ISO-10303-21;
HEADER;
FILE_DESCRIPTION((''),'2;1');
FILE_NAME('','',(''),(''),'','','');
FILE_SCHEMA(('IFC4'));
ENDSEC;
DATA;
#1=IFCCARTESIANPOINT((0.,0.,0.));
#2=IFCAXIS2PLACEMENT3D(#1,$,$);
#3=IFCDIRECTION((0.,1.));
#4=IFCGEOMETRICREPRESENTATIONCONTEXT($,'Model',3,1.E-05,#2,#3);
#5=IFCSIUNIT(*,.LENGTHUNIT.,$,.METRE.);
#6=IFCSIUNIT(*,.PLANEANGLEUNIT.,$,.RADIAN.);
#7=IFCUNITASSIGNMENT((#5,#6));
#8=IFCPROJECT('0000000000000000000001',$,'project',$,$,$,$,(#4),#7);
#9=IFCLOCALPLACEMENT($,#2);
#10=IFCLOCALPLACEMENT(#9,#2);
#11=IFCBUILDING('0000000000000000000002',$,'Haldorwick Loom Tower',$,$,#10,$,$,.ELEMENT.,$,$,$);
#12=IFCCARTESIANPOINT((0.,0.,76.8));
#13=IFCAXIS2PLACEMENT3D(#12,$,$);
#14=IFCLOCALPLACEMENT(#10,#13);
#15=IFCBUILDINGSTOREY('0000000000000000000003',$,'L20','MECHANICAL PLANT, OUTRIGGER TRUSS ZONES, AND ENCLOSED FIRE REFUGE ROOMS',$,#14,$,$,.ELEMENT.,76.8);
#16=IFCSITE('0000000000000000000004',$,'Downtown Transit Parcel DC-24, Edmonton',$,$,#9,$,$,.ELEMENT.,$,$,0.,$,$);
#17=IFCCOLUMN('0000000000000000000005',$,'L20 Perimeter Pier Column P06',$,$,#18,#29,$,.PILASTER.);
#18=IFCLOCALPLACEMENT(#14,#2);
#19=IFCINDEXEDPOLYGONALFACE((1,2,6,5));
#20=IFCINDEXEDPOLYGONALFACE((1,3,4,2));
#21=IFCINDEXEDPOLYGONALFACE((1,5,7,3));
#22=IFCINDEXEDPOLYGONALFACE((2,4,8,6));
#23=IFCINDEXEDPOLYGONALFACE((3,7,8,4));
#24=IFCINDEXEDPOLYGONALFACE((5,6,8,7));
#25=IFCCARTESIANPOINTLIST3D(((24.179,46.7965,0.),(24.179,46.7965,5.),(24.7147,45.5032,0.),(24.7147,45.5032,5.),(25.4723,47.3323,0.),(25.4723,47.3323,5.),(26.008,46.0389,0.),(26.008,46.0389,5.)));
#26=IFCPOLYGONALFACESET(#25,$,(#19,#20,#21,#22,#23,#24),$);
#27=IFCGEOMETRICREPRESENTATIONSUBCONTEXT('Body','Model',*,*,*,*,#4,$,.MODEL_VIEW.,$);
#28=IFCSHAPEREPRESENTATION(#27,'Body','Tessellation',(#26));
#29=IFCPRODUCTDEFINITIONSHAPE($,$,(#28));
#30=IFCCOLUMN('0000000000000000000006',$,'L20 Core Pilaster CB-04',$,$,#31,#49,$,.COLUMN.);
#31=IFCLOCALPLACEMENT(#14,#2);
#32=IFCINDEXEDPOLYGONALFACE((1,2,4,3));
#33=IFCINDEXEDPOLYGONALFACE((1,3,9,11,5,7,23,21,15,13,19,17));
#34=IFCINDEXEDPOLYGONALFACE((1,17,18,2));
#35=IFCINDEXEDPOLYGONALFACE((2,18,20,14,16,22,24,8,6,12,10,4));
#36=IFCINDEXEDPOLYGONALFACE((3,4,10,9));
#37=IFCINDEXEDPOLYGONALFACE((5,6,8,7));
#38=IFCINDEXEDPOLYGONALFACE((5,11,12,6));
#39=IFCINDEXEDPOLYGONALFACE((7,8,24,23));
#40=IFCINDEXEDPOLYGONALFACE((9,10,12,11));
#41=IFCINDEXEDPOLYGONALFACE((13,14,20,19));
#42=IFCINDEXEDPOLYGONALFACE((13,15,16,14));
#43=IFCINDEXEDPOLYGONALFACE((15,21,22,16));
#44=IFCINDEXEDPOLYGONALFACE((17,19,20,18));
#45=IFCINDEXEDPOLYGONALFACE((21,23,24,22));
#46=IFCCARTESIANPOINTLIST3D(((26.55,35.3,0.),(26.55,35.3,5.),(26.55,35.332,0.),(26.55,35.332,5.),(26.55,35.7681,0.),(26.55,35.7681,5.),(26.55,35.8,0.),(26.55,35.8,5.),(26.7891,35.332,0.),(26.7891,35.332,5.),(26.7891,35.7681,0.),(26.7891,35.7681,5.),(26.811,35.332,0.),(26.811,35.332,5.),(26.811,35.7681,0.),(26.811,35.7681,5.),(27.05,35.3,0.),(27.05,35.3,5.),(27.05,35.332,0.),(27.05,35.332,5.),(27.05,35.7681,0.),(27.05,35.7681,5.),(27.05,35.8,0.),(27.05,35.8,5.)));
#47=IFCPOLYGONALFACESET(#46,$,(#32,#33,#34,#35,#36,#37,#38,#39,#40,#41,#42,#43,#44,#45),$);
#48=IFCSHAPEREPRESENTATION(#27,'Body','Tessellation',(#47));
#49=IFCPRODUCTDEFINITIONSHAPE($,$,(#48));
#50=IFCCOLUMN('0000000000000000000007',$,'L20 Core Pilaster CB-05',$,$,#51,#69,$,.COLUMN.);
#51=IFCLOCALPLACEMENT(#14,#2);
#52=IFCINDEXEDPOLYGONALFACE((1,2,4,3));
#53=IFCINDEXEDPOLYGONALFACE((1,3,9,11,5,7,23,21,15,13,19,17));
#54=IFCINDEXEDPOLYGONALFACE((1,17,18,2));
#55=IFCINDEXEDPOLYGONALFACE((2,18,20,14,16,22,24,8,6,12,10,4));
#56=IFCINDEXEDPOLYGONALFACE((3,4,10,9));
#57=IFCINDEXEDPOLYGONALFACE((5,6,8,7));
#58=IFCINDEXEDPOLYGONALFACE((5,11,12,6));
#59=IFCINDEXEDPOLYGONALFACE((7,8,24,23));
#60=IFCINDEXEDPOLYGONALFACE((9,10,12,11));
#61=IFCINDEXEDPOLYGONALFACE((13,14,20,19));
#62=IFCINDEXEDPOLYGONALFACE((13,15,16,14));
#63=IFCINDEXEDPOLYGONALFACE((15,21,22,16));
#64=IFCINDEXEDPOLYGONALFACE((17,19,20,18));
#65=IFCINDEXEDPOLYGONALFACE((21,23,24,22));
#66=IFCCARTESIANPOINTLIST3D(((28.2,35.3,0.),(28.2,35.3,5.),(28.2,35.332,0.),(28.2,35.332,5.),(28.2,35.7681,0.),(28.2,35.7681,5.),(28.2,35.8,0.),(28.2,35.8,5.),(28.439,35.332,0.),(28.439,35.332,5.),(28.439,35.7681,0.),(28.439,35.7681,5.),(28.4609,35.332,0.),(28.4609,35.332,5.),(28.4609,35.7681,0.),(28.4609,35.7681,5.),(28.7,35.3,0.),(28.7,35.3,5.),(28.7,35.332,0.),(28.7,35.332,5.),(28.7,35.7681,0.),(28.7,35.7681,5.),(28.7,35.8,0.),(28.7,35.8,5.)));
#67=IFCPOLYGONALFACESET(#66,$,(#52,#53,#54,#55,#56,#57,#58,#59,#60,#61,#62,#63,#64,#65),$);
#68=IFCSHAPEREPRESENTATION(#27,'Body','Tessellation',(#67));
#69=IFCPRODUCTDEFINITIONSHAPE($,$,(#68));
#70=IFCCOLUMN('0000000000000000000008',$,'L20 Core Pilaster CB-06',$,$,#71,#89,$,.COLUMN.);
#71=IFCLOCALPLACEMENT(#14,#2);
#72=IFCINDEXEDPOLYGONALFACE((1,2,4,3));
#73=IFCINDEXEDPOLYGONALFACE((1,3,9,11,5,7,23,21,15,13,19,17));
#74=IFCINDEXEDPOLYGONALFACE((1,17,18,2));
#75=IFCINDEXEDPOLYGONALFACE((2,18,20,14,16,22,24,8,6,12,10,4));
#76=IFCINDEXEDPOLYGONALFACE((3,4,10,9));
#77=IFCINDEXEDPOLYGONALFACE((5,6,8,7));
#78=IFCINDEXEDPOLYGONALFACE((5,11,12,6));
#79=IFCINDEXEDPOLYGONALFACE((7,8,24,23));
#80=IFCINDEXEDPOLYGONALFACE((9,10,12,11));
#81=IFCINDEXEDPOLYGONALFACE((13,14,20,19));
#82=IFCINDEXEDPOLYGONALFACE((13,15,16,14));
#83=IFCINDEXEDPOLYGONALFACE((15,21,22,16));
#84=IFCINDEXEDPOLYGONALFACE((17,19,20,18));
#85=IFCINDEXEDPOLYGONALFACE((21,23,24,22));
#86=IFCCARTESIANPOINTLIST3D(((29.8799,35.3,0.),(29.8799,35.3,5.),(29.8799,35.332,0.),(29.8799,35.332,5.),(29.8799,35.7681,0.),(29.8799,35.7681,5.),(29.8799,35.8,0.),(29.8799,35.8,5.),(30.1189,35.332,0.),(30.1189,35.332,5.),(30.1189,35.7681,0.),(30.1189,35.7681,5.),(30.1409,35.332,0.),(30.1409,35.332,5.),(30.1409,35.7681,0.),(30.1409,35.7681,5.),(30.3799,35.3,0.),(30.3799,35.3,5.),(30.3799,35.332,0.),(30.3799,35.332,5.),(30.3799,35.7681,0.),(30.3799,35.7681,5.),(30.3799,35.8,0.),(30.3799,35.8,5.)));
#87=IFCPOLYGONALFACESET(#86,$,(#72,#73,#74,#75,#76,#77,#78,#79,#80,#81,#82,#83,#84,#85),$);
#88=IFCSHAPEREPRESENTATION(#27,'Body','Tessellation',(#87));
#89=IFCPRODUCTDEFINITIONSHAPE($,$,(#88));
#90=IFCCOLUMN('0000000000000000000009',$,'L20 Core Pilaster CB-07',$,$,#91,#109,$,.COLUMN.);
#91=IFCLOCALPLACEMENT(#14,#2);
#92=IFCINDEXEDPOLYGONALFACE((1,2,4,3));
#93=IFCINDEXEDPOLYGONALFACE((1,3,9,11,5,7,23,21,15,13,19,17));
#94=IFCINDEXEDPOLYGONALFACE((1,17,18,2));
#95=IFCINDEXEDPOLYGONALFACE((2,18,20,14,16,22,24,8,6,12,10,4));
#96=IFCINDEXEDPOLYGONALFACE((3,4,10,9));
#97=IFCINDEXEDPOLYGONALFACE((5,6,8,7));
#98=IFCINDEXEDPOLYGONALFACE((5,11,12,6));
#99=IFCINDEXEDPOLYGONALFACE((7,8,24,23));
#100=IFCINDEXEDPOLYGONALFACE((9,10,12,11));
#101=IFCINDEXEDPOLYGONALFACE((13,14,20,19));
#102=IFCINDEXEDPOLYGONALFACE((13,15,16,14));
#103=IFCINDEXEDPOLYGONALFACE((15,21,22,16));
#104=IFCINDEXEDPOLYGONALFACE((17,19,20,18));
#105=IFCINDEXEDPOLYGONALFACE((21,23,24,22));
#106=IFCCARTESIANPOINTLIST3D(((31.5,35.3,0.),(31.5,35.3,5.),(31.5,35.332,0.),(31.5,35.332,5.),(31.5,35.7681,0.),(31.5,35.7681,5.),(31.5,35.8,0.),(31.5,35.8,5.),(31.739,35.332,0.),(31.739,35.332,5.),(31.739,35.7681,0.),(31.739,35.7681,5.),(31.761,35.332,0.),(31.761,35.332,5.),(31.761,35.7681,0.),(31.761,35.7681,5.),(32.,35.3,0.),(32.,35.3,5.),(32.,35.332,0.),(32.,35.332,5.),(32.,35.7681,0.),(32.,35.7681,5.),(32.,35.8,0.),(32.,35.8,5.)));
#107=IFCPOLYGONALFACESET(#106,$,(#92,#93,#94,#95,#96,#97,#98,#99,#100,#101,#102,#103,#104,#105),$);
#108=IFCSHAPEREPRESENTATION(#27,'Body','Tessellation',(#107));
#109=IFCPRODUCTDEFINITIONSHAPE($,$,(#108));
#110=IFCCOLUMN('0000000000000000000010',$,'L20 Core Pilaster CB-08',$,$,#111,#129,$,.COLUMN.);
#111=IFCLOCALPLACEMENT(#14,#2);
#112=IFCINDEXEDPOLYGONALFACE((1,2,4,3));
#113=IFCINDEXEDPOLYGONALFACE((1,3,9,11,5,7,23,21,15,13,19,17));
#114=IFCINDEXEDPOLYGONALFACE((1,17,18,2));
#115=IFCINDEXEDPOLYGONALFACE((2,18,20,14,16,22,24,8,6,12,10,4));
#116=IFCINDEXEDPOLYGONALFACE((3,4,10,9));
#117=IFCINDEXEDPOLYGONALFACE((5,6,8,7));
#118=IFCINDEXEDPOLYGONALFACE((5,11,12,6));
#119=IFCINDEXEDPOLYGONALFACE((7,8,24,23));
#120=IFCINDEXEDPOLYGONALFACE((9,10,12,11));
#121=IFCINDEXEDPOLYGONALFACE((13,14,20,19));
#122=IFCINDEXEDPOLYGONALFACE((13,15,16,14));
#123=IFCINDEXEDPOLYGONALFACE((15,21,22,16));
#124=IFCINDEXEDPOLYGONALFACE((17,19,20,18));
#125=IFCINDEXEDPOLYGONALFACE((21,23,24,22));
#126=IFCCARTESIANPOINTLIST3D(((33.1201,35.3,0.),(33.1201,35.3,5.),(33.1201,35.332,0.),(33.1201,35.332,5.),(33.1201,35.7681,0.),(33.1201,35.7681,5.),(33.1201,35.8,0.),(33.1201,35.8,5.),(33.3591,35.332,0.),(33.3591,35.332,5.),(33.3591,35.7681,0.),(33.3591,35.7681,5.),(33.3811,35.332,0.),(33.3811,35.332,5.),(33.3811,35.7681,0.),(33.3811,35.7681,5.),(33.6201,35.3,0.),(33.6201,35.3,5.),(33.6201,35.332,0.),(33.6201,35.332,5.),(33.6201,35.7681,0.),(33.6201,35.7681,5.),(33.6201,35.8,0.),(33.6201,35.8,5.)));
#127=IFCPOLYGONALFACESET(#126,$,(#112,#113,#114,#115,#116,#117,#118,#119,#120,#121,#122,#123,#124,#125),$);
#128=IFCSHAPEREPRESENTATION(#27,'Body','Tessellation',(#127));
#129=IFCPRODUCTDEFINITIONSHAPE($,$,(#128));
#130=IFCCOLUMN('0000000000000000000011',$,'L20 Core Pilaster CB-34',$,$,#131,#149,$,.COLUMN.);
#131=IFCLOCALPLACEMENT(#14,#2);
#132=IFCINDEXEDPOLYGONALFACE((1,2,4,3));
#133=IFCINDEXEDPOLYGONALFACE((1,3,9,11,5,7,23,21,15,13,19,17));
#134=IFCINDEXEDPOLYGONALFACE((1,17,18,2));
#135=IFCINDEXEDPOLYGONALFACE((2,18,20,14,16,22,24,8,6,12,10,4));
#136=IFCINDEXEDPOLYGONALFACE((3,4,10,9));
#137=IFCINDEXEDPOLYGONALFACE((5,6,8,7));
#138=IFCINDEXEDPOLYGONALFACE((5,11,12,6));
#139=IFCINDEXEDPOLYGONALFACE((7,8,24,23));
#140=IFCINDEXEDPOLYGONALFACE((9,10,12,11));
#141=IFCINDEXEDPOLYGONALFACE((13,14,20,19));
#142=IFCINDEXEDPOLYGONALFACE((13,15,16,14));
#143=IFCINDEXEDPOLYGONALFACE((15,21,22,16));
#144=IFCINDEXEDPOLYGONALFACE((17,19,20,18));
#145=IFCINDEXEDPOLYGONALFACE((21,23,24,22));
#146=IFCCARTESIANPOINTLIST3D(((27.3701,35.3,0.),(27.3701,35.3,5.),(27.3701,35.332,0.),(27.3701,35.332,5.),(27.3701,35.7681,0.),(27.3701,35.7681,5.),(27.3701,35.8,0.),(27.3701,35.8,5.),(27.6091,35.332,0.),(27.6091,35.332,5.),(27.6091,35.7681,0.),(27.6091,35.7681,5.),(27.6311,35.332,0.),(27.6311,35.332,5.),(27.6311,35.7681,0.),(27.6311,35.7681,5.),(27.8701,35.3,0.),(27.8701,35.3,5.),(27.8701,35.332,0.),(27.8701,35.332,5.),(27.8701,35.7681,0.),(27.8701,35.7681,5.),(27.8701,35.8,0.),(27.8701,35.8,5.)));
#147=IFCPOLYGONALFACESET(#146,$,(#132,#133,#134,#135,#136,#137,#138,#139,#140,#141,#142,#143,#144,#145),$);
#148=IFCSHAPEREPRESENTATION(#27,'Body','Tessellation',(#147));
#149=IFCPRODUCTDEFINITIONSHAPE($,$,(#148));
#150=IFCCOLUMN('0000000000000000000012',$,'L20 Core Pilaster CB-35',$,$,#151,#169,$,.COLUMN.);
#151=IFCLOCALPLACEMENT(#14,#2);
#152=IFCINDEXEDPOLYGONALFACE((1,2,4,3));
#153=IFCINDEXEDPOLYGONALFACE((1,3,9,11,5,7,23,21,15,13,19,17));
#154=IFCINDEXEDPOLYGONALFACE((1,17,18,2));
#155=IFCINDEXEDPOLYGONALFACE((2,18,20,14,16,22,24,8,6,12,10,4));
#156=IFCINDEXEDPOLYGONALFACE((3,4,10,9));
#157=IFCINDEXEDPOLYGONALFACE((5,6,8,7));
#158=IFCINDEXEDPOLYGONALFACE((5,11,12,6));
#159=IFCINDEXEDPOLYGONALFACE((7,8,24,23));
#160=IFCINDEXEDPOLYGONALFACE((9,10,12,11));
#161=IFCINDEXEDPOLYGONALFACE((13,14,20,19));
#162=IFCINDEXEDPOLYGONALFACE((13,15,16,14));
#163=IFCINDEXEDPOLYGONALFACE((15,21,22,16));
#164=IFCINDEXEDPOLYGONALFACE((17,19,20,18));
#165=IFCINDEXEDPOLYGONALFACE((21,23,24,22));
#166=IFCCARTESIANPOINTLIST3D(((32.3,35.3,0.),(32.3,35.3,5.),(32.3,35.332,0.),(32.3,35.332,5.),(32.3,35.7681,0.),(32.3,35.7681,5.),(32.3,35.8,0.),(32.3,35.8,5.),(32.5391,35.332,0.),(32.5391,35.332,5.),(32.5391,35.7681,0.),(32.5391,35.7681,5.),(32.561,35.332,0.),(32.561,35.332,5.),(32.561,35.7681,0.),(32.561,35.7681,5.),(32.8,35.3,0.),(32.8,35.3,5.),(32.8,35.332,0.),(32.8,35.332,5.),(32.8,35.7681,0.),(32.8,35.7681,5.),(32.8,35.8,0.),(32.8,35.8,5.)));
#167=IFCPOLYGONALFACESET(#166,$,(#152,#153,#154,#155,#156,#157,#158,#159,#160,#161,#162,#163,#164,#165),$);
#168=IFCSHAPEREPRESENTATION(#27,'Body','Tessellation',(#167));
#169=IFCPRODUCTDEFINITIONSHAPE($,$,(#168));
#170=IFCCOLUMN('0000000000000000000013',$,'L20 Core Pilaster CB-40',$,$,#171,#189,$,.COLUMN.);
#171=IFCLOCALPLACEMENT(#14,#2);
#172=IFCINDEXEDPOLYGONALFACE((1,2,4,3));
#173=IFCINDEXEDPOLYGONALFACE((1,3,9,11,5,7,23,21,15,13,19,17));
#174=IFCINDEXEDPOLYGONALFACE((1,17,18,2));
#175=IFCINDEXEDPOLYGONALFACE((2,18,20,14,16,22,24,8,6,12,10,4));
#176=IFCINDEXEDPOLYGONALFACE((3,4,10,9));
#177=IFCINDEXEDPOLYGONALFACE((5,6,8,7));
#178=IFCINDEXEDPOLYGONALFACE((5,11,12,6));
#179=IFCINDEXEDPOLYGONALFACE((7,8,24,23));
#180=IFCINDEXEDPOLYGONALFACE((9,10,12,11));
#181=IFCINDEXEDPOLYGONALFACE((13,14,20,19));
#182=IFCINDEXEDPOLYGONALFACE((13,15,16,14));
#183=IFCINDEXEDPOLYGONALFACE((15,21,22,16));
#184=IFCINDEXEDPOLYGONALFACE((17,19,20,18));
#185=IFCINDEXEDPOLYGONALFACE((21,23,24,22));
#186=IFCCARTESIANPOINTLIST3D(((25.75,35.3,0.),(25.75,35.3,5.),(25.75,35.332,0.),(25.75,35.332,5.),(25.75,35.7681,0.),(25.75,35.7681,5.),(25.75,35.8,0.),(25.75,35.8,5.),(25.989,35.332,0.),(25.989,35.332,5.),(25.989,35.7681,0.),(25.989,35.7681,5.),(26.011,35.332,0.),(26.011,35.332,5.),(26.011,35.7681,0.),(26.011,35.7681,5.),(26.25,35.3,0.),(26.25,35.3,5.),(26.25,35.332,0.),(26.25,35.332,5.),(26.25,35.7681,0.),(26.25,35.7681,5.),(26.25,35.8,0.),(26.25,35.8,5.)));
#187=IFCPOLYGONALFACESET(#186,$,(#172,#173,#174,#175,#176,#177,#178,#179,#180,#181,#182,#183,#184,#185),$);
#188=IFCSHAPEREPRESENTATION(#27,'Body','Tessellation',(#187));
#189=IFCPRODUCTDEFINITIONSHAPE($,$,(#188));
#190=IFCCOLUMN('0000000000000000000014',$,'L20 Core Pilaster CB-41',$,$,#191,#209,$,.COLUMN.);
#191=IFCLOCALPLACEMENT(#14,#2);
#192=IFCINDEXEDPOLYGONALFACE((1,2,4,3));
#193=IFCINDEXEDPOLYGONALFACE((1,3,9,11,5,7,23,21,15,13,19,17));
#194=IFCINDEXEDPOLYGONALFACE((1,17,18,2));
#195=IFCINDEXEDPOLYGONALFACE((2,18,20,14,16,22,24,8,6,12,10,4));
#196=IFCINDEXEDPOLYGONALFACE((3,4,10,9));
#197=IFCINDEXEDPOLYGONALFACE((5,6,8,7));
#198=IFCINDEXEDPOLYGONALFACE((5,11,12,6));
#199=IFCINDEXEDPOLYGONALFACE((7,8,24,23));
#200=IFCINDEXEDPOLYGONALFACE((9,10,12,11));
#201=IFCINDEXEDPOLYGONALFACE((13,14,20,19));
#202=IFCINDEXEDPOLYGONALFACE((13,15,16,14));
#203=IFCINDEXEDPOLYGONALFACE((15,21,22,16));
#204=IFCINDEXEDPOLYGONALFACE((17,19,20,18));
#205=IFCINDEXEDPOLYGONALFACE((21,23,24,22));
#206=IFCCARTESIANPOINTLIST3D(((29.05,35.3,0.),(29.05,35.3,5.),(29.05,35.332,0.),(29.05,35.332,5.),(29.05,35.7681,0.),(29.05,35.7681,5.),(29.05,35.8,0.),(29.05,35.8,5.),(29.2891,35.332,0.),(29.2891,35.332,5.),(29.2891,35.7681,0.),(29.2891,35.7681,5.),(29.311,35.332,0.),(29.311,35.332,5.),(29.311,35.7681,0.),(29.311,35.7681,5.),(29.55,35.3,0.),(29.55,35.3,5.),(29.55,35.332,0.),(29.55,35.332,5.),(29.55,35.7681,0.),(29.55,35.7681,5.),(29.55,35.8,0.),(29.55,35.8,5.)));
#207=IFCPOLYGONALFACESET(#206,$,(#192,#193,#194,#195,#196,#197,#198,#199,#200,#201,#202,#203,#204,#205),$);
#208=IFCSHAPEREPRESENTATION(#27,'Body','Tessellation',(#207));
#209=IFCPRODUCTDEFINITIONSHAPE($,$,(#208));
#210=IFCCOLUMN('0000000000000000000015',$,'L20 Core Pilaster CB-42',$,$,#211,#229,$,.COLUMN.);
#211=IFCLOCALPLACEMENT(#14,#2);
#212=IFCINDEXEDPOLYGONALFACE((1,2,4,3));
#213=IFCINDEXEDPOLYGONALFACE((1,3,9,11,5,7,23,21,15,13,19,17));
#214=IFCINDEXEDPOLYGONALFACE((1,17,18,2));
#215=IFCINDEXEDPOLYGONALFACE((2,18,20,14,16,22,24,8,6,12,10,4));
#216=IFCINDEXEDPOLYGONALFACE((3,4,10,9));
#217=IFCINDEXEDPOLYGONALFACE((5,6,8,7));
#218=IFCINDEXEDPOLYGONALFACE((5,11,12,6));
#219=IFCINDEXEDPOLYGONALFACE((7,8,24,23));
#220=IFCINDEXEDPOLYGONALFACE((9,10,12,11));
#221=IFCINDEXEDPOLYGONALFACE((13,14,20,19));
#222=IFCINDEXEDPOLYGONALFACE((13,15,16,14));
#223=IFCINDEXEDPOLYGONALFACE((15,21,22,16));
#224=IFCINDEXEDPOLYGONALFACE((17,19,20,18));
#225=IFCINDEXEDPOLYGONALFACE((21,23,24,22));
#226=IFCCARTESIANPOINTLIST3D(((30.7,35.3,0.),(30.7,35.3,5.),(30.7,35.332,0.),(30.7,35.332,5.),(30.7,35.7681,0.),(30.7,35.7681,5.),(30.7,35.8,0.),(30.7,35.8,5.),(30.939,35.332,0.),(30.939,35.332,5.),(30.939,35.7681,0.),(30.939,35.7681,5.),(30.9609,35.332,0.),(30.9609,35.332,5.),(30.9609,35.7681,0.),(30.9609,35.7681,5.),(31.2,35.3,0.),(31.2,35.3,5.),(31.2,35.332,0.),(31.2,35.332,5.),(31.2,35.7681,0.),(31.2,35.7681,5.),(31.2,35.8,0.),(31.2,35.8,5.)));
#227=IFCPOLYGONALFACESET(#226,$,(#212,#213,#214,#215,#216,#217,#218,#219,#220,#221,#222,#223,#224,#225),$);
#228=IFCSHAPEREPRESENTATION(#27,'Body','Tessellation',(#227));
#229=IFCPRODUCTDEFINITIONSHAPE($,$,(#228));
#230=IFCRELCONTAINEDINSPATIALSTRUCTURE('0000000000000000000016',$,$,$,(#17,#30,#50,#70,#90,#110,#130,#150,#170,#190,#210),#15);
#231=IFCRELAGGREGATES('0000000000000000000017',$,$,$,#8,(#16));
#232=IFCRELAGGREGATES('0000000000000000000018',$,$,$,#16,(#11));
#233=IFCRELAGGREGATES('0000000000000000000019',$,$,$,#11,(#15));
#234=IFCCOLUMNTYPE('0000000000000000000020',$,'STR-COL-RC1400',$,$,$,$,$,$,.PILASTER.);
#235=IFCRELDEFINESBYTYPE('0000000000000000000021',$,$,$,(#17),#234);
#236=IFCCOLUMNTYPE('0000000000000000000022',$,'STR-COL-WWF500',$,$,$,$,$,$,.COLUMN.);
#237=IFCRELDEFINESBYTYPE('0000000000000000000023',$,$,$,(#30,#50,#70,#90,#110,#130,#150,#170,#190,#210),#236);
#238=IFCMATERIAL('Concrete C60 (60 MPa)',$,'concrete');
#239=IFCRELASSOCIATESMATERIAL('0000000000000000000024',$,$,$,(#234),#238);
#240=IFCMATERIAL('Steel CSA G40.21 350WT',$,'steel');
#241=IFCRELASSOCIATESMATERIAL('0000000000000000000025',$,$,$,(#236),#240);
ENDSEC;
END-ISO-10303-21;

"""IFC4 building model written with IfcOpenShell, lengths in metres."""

from ifc_helpers import new_model, si_unit, direction, frame, origin, origin_2d, place, context, subcontext, project, spatial, rectangle, i_section, extrude, material, material_profile, profile_set, type_object, element, save


model = new_model("IFC4")

# Units and contexts
model_context = context("Model", 3, precision=1e-05, world=origin(), true_north=direction((0.0, 1.0)))
body_context = subcontext(model_context, "Body", "Model", "MODEL_VIEW")
ifc_project = project(units=[si_unit("LENGTHUNIT", "METRE"), si_unit("PLANEANGLEUNIT", "RADIAN")], contexts=[model_context])

# Site, building, storey
site_placement = place(None, origin())
site = spatial("IfcSite", under=ifc_project, at=site_placement, Name="Downtown Transit Parcel DC-24, Edmonton", CompositionType="ELEMENT", RefElevation=0.0)
building_placement = place(site_placement, origin())
building = spatial("IfcBuilding", under=site, at=building_placement, Name="Haldorwick Loom Tower", CompositionType="ELEMENT")
storey_placement = place(building_placement, frame((0.0, 0.0, 76.8)))
storey = spatial("IfcBuildingStorey", under=building, at=storey_placement, Name="L20", Description="MECHANICAL PLANT, OUTRIGGER TRUSS ZONES, AND ENCLOSED FIRE REFUGE ROOMS", CompositionType="ELEMENT", Elevation=76.8)

# Columns
ifc_material_1 = material(Name="Concrete C60 (60 MPa)", Category="concrete")
ifc_material_profile_1 = material_profile(ifc_material_1, rectangle(XDim=1.3999, YDim=1.3999, at=origin_2d()), Name="RC1400X1400", Category="concrete")
ifc_profile_set_1 = profile_set([ifc_material_profile_1], Name="Concrete C60 (60 MPa)")
column_type_1 = type_object("IfcColumnType", Name="STR-COL-RC1400", PredefinedType="PILASTER", material=ifc_profile_set_1)
column_placement = place(storey_placement, frame((25.0935, 46.4177, 0.0), z_axis=(0.0, 0.0, 1.0), x_axis=(-0.382683, 0.92388, 0.0)))
element("IfcColumn", 1, at=column_placement, inside=storey, type_object=column_type_1, Name="L20 Perimeter Pier Column P06", PredefinedType="PILASTER", context=body_context, shape_type="SweptSolid", body=[
    extrude(rectangle(XDim=1.3999, YDim=1.3999, at=origin_2d()), origin(), (0.0, 0.0, 1.0), 5.0),
])
ifc_material_2 = material(Name="Steel CSA G40.21 350WT", Category="steel")
ifc_material_profile_2 = material_profile(ifc_material_2, i_section(OverallWidth=0.5, OverallDepth=0.5, WebThickness=0.022, FlangeThickness=0.032, at=origin_2d()), Name="WWF500X500", Category="steel")
ifc_profile_set_2 = profile_set([ifc_material_profile_2], Name="Steel CSA G40.21 350WT")
column_type_2 = type_object("IfcColumnType", Name="STR-COL-WWF500", PredefinedType="COLUMN", material=ifc_profile_set_2)
for number, where, z_axis, x_axis, name in (
    (2, (26.8, 35.55, 0.0), (0.0, 0.0, 1.0), (1.0, 0.0, 0.0), "L20 Core Pilaster CB-04"),
    (3, (28.45, 35.55, 0.0), (0.0, 0.0, 1.0), (1.0, 0.0, 0.0), "L20 Core Pilaster CB-05"),
    (4, (30.1299, 35.55, 0.0), (0.0, 0.0, 1.0), (1.0, 0.0, 0.0), "L20 Core Pilaster CB-06"),
    (5, (31.75, 35.55, 0.0), (0.0, 0.0, 1.0), (1.0, 0.0, 0.0), "L20 Core Pilaster CB-07"),
    (6, (33.3701, 35.55, 0.0), (0.0, 0.0, 1.0), (1.0, 0.0, 0.0), "L20 Core Pilaster CB-08"),
    (7, (27.6201, 35.55, 0.0), (0.0, 0.0, 1.0), (1.0, 0.0, 0.0), "L20 Core Pilaster CB-34"),
    (8, (32.55, 35.55, 0.0), (0.0, 0.0, 1.0), (1.0, 0.0, 0.0), "L20 Core Pilaster CB-35"),
    (9, (26.0, 35.55, 0.0), (0.0, 0.0, 1.0), (1.0, 0.0, 0.0), "L20 Core Pilaster CB-40"),
    (10, (29.3, 35.55, 0.0), (0.0, 0.0, 1.0), (1.0, 0.0, 0.0), "L20 Core Pilaster CB-41"),
    (11, (30.95, 35.55, 0.0), (0.0, 0.0, 1.0), (1.0, 0.0, 0.0), "L20 Core Pilaster CB-42"),
):
    element("IfcColumn", number, at=place(storey_placement, frame(where, z_axis=z_axis, x_axis=x_axis)), inside=storey, type_object=column_type_2, Name=name, PredefinedType="COLUMN", context=body_context, shape_type="SweptSolid", body=[
        extrude(i_section(OverallWidth=0.5, OverallDepth=0.5, WebThickness=0.022, FlangeThickness=0.032, at=origin_2d()), origin(), (0.0, 0.0, 1.0), 5.0),
    ])

save(model, "model.ifc")
